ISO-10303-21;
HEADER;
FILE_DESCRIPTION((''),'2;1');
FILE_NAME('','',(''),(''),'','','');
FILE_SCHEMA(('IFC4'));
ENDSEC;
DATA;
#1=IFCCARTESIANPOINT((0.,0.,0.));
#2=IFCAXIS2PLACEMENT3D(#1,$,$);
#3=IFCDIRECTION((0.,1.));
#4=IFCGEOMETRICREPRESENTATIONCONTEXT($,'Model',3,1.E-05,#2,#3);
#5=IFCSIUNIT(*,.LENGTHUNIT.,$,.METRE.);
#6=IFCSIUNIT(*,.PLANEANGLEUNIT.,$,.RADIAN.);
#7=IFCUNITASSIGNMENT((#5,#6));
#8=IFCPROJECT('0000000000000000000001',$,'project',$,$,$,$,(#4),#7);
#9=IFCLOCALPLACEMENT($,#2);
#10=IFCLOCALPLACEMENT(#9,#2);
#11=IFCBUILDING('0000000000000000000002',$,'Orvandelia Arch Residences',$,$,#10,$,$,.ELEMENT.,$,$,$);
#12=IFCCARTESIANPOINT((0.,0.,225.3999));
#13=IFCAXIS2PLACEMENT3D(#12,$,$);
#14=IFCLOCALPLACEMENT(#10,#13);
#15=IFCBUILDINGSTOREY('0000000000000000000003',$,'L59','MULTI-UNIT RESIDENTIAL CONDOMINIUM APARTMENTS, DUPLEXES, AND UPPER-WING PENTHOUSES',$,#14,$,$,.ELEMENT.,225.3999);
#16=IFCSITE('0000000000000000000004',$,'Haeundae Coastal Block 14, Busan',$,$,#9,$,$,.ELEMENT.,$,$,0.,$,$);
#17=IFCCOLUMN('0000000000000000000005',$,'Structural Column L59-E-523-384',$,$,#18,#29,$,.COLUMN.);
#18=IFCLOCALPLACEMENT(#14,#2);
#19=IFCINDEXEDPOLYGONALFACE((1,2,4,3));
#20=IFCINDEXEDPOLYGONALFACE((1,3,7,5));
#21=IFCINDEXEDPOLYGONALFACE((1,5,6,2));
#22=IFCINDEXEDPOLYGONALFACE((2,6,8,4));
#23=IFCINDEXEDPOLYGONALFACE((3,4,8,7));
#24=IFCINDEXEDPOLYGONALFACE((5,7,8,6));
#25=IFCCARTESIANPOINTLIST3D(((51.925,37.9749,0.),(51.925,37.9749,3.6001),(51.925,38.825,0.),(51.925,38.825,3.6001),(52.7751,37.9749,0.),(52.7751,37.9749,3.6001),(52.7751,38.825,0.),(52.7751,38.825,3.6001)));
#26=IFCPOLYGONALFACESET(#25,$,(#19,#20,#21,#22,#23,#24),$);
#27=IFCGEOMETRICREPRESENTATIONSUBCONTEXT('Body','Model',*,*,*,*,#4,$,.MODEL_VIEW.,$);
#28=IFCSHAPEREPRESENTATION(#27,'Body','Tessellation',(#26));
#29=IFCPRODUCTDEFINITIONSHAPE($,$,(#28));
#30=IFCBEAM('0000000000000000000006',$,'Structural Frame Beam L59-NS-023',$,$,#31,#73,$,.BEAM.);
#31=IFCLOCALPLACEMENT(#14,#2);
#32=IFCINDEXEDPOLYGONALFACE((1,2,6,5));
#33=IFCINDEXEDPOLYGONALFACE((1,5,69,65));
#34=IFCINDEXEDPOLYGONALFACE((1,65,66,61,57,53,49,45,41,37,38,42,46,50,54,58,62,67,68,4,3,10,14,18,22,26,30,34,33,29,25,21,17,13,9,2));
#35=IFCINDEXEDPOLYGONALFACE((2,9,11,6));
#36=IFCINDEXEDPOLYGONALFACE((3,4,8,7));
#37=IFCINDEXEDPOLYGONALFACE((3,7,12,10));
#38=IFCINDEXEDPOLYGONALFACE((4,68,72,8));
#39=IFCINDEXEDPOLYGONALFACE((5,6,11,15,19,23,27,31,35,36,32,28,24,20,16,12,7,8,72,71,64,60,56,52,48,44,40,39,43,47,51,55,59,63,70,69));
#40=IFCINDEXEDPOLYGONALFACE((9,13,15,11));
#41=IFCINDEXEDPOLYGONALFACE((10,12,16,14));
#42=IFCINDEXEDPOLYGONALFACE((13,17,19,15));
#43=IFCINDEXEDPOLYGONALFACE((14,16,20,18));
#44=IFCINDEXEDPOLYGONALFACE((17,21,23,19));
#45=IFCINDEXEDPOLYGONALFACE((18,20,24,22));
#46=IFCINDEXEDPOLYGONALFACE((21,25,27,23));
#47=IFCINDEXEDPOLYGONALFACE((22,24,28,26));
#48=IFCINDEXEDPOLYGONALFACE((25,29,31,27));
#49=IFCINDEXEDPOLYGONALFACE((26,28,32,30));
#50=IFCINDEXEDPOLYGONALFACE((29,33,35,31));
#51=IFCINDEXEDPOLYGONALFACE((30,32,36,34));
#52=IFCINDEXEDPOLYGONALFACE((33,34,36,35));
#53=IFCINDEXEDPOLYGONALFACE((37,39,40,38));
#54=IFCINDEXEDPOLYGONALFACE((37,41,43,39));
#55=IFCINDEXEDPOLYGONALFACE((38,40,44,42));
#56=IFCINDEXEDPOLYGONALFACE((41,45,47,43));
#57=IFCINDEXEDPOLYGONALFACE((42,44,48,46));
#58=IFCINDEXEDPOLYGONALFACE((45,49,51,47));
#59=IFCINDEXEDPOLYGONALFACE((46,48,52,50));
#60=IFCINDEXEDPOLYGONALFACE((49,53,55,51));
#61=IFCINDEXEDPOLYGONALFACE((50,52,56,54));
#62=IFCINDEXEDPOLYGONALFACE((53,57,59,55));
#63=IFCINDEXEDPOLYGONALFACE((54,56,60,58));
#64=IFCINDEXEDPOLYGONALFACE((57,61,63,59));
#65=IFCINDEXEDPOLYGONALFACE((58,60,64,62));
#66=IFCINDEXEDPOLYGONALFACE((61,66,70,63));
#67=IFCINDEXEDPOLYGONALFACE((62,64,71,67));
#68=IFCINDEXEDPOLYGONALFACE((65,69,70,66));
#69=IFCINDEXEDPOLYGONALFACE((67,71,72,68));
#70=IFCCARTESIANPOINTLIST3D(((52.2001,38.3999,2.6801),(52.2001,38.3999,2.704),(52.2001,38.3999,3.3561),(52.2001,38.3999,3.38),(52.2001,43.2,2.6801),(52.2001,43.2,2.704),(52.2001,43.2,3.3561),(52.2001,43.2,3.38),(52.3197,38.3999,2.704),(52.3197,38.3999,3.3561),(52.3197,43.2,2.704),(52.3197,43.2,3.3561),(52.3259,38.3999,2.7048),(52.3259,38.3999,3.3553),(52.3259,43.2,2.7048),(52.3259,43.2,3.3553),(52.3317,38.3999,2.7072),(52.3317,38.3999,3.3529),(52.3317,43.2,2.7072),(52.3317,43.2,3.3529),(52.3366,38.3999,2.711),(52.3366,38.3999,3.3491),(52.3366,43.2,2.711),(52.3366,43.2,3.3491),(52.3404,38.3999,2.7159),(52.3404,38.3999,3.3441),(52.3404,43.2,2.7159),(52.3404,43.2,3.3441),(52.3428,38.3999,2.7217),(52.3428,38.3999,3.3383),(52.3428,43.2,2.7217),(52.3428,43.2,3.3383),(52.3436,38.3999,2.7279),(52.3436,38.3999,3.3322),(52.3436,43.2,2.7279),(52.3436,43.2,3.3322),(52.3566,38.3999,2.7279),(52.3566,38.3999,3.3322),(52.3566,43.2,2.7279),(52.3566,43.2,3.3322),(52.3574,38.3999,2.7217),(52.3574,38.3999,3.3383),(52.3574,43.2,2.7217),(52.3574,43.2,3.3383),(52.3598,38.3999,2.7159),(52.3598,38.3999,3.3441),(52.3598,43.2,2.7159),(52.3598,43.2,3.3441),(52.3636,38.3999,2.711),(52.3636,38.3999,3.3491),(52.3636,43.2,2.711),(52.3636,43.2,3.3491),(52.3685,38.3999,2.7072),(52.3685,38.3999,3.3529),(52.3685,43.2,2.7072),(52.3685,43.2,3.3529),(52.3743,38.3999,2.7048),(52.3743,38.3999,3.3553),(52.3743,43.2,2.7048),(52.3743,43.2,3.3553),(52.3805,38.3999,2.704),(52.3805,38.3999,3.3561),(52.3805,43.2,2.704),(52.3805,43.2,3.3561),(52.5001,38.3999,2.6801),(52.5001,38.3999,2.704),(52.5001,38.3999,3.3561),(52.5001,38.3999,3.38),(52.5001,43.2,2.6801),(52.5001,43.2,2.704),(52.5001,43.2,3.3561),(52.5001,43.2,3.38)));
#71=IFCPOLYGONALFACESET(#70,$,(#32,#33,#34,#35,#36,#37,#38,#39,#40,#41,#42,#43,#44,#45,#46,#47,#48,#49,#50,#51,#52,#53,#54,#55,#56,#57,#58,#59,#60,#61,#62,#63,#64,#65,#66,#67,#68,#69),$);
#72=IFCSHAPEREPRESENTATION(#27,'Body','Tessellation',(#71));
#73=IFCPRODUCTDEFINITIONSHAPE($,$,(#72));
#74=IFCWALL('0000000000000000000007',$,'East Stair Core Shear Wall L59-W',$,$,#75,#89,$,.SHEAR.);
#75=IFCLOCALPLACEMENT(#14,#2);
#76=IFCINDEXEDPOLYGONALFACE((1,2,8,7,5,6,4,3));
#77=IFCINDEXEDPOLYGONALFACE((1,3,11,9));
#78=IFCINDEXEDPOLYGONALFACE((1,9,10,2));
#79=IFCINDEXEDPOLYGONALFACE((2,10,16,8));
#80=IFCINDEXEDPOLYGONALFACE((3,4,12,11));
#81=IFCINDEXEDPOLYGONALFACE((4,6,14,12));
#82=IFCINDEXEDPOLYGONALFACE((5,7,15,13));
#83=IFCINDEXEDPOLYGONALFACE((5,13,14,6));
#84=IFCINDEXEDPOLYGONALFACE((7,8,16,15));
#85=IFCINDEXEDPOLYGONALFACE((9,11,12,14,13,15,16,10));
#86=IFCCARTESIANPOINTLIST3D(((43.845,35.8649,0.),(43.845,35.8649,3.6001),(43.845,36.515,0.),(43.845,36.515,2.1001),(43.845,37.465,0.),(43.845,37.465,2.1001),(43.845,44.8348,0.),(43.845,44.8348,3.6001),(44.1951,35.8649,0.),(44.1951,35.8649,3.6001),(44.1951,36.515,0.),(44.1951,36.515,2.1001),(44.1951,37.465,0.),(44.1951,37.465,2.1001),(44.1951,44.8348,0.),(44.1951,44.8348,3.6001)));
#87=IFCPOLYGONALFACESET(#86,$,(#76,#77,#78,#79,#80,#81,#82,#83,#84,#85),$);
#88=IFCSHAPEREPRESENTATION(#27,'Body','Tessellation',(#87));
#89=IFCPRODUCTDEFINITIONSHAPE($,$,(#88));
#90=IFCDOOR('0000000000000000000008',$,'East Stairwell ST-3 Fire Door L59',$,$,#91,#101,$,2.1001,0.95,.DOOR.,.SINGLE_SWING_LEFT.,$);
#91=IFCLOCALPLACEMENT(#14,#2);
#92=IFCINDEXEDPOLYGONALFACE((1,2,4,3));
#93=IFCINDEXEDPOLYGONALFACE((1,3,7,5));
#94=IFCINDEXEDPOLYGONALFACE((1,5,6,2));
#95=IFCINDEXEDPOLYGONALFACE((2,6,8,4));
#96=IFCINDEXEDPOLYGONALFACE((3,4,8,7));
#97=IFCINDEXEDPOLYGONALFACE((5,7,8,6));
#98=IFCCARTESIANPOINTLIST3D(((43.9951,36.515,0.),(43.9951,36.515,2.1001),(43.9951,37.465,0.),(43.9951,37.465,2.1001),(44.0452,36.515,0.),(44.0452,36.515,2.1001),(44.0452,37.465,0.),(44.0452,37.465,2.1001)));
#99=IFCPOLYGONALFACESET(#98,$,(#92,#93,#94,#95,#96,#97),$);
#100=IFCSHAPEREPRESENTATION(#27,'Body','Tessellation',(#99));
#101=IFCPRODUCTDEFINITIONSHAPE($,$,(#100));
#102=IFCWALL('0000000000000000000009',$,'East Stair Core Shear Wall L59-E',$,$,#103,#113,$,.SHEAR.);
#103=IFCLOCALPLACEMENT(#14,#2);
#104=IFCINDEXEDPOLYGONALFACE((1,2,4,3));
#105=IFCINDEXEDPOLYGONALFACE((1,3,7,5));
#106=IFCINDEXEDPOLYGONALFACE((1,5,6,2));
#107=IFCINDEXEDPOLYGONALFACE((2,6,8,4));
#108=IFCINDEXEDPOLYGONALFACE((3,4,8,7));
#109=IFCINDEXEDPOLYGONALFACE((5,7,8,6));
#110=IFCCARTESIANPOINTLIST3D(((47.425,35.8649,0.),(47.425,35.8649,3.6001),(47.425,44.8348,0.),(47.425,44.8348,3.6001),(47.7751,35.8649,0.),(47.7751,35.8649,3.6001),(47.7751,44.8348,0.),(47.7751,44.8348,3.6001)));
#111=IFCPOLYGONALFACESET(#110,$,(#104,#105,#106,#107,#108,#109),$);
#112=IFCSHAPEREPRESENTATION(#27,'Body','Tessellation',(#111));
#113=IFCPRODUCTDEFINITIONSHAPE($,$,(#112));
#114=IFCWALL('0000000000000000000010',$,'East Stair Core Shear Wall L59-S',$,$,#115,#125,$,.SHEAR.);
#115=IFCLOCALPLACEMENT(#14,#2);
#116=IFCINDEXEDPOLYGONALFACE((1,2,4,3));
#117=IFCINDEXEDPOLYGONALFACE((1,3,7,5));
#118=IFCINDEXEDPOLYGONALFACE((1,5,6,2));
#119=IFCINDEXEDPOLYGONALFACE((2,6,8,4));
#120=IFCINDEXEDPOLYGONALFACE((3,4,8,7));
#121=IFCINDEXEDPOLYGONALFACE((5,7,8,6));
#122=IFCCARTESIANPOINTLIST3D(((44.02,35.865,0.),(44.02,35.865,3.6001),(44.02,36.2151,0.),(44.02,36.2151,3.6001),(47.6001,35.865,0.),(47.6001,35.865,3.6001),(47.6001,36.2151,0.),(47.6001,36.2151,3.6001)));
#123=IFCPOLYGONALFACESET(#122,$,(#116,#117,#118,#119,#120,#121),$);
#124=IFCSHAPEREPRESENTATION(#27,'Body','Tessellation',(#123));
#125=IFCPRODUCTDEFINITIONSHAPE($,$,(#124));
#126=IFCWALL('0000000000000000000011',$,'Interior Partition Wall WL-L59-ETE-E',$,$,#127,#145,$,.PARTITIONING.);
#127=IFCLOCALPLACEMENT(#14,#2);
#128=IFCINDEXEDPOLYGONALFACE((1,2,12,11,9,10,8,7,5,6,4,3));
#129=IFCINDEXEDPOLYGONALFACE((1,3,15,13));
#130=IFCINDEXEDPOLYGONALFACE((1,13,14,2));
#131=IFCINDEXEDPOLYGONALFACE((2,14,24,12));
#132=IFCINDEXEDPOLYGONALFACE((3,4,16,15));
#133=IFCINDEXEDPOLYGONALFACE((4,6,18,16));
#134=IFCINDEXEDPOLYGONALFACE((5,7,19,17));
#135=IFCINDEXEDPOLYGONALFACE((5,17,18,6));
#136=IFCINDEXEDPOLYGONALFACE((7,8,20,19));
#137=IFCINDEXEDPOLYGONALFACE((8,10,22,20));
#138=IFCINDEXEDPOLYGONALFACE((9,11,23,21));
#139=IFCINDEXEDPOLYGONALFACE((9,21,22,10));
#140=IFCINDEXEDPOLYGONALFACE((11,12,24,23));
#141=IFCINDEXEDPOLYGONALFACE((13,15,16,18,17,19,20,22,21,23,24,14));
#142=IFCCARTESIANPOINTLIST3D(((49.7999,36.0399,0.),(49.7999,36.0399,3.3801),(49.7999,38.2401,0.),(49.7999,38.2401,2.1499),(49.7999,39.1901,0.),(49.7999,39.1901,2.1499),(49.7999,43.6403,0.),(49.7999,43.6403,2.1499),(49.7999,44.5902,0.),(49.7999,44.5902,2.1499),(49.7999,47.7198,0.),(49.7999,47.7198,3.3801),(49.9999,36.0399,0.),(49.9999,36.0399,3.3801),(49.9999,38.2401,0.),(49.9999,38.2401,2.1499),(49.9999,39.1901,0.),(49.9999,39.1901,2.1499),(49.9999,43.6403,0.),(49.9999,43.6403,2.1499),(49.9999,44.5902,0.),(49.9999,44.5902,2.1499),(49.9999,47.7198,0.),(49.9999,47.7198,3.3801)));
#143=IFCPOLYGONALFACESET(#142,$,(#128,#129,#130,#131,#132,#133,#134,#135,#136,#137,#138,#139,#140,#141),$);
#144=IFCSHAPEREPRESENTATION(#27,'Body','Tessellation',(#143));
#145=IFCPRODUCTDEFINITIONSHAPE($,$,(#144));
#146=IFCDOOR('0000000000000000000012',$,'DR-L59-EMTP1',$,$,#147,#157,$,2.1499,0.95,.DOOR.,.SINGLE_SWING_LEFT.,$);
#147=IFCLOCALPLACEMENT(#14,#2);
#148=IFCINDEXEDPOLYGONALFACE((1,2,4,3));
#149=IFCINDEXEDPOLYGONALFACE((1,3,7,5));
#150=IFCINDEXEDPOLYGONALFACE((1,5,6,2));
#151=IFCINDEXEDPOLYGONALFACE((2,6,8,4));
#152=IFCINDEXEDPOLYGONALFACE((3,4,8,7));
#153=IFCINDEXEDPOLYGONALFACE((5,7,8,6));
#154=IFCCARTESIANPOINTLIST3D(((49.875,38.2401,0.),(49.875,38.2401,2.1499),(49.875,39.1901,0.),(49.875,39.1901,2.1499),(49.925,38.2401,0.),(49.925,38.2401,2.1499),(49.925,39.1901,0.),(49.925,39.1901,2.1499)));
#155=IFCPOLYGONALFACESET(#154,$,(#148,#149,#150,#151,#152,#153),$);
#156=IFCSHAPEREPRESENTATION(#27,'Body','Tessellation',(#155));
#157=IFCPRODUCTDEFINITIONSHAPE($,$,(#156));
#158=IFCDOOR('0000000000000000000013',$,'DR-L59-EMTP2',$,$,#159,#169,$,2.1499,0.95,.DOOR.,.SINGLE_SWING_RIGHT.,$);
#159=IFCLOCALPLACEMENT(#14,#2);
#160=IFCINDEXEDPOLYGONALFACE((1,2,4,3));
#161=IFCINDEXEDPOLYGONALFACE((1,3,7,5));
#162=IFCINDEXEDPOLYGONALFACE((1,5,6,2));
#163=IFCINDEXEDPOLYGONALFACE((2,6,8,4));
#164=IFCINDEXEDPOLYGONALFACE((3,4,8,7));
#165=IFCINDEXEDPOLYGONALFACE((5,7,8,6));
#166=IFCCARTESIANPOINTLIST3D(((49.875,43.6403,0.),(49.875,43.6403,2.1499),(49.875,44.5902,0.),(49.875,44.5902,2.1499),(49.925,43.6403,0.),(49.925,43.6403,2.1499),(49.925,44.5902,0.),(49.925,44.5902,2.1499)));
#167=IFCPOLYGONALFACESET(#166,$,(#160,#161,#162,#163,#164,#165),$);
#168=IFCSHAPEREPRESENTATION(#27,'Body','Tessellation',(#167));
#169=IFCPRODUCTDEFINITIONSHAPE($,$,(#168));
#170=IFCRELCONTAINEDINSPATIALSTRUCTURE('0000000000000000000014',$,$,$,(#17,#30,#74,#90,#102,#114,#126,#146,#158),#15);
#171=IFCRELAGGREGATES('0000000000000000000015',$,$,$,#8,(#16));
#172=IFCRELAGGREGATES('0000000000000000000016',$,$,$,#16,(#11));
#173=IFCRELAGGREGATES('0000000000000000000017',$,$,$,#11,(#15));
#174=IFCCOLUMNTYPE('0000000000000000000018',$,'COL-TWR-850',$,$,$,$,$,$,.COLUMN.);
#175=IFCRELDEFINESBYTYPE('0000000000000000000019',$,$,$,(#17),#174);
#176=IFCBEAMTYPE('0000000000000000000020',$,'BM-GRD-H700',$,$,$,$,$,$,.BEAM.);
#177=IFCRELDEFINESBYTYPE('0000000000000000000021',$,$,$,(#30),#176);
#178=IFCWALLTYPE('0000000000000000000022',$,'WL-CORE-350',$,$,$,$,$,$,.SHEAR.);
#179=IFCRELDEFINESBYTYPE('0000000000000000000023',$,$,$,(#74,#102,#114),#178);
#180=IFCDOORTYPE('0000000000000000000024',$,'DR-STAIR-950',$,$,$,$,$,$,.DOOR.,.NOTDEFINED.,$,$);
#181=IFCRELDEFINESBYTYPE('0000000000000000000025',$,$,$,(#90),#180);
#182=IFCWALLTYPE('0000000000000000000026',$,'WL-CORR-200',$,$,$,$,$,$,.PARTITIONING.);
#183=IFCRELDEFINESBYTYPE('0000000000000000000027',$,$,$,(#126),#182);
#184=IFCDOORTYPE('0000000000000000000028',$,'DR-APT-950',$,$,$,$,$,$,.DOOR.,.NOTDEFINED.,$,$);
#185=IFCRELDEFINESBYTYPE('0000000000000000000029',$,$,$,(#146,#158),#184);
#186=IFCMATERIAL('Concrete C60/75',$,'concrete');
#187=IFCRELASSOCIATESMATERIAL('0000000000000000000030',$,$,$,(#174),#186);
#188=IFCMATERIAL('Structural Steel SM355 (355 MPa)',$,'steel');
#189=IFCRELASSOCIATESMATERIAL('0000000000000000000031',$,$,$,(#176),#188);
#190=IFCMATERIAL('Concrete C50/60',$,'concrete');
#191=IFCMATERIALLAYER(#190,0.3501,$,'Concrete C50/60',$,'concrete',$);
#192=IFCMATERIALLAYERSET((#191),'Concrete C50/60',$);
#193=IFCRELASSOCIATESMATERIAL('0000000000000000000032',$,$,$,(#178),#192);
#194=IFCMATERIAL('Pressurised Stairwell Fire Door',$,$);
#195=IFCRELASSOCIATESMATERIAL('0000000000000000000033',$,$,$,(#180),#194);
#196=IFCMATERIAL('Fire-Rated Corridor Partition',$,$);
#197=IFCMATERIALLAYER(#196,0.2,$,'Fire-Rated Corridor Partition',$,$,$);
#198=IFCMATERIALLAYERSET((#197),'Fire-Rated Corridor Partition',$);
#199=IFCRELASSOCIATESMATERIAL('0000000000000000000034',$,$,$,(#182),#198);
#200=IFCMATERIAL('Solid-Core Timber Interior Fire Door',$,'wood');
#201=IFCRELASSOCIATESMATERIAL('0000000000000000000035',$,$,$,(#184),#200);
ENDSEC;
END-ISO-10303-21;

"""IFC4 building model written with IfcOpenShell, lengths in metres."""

from ifc_helpers import new_model, si_unit, direction, frame, frame_2d, origin, origin_2d, place, context, subcontext, project, spatial, rectangle, i_section, extrude, material, layer, layer_set, material_profile, profile_set, type_object, element, fill, save


model = new_model("IFC4")

# Units and contexts
model_context = context("Model", 3, precision=1e-05, world=origin(), true_north=direction((0.0, 1.0)))
body_context = subcontext(model_context, "Body", "Model", "MODEL_VIEW")
ifc_project = project(units=[si_unit("LENGTHUNIT", "METRE"), si_unit("PLANEANGLEUNIT", "RADIAN")], contexts=[model_context])

# Site, building, storey
site_placement = place(None, origin())
site = spatial("IfcSite", under=ifc_project, at=site_placement, Name="Haeundae Coastal Block 14, Busan", CompositionType="ELEMENT", RefElevation=0.0)
building_placement = place(site_placement, origin())
building = spatial("IfcBuilding", under=site, at=building_placement, Name="Orvandelia Arch Residences", CompositionType="ELEMENT")
storey_placement = place(building_placement, frame((0.0, 0.0, 225.3999)))
storey = spatial("IfcBuildingStorey", under=building, at=storey_placement, Name="L59", Description="MULTI-UNIT RESIDENTIAL CONDOMINIUM APARTMENTS, DUPLEXES, AND UPPER-WING PENTHOUSES", CompositionType="ELEMENT", Elevation=225.3999)

# Column
ifc_material_1 = material(Name="Concrete C60/75", Category="concrete")
ifc_material_profile_1 = material_profile(ifc_material_1, rectangle(XDim=0.8501, YDim=0.8501, at=origin_2d()), Name="Concrete C60/75", Category="concrete")
ifc_profile_set_1 = profile_set([ifc_material_profile_1], Name="Concrete C60/75")
column_type = type_object("IfcColumnType", Name="COL-TWR-850", PredefinedType="COLUMN", material=ifc_profile_set_1)
column_placement = place(storey_placement, frame((52.3501, 38.3999, 0.0), z_axis=(0.0, 0.0, 1.0), x_axis=(1.0, 0.0, 0.0)))
element("IfcColumn", 1, at=column_placement, inside=storey, type_object=column_type, Name="Structural Column L59-E-523-384", PredefinedType="COLUMN", context=body_context, shape_type="SweptSolid", body=[
    extrude(rectangle(XDim=0.8501, YDim=0.8501, at=origin_2d()), origin(), (0.0, 0.0, 1.0), 3.6001),
])

# Beam
ifc_material_2 = material(Name="Structural Steel SM355 (355 MPa)", Category="steel")
ifc_material_profile_2 = material_profile(ifc_material_2, i_section(OverallWidth=0.3, OverallDepth=0.7, WebThickness=0.0129, FlangeThickness=0.0239, FilletRadius=0.0239, at=origin_2d()), Name="Structural Steel SM355 (355 MPa)", Category="steel")
ifc_profile_set_2 = profile_set([ifc_material_profile_2], Name="Structural Steel SM355 (355 MPa)")
beam_type = type_object("IfcBeamType", Name="BM-GRD-H700", PredefinedType="BEAM", material=ifc_profile_set_2)
beam_placement = place(storey_placement, frame((52.3501, 38.3999, 3.03), z_axis=(0.0, 1.0, 0.0), x_axis=(-1.0, 0.0, 0.0)))
element("IfcBeam", 2, at=beam_placement, inside=storey, type_object=beam_type, Name="Structural Frame Beam L59-NS-023", PredefinedType="BEAM", context=body_context, shape_type="SweptSolid", body=[
    extrude(i_section(OverallWidth=0.3, OverallDepth=0.7, WebThickness=0.0129, FlangeThickness=0.0239, FilletRadius=0.0239, at=origin_2d()), origin(), (0.0, 0.0, 1.0), 4.8),
])

# Wall, opening, door
ifc_material_3 = material(Name="Concrete C50/60", Category="concrete")
ifc_layer_1 = layer(ifc_material_3, 0.3501, Name="Concrete C50/60", Category="concrete")
ifc_layer_set_1 = layer_set([ifc_layer_1], Name="Concrete C50/60")
wall_type_1 = type_object("IfcWallType", Name="WL-CORE-350", PredefinedType="SHEAR", material=ifc_layer_set_1)
wall_1_placement = place(storey_placement, frame((44.02, 35.865, 0.0), z_axis=(0.0, 0.0, 1.0), x_axis=(0.0, 1.0, 0.0)))
wall_1 = element("IfcWall", 3, at=wall_1_placement, inside=storey, type_object=wall_type_1, Name="East Stair Core Shear Wall L59-W", PredefinedType="SHEAR", context=body_context, shape_type="SweptSolid", body=[
    extrude(rectangle(XDim=8.97, YDim=0.3501, at=frame_2d((4.4849, 0.0))), origin(), (0.0, 0.0, 1.0), 3.6001),
])
opening_1_placement = place(wall_1_placement, frame((0.6499, 0.0, 0.0)))
opening_1 = element("IfcOpeningElement", 4, at=opening_1_placement, cuts=wall_1, PredefinedType="OPENING", context=body_context, shape_type="SweptSolid", body=[
    extrude(rectangle(XDim=0.95, YDim=2.1001, at=frame_2d((0.4751, 1.05))), frame((0.0, 0.1851, 0.0), z_axis=(0.0, -1.0, 0.0), x_axis=(1.0, 0.0, 0.0)), (0.0, 0.0, 1.0), 0.3701),
])
ifc_material_4 = material(Name="Pressurised Stairwell Fire Door")
door_type_1 = type_object("IfcDoorType", Name="DR-STAIR-950", OperationType="NOTDEFINED", PredefinedType="DOOR", material=ifc_material_4)
door_1_placement = place(opening_1_placement, origin())
door_1 = element("IfcDoor", 5, at=door_1_placement, inside=storey, type_object=door_type_1, Name="East Stairwell ST-3 Fire Door L59", OperationType="SINGLE_SWING_LEFT", OverallHeight=2.1001, OverallWidth=0.95, PredefinedType="DOOR", context=body_context, shape_type="SweptSolid", body=[
    extrude(rectangle(XDim=0.95, YDim=2.1001, at=frame_2d((0.4751, 1.05))), frame((0.0, 0.0249, 0.0), z_axis=(0.0, -1.0, 0.0), x_axis=(1.0, 0.0, 0.0)), (0.0, 0.0, 1.0), 0.05),
])
fill(opening_1, door_1)

# Walls
wall_2_placement = place(storey_placement, frame((47.6001, 35.865, 0.0), z_axis=(0.0, 0.0, 1.0), x_axis=(0.0, 1.0, 0.0)))
element("IfcWall", 6, at=wall_2_placement, inside=storey, type_object=wall_type_1, Name="East Stair Core Shear Wall L59-E", PredefinedType="SHEAR", context=body_context, shape_type="SweptSolid", body=[
    extrude(rectangle(XDim=8.97, YDim=0.3501, at=frame_2d((4.4849, 0.0))), origin(), (0.0, 0.0, 1.0), 3.6001),
])
wall_3_placement = place(storey_placement, frame((44.02, 36.04, 0.0), z_axis=(0.0, 0.0, 1.0), x_axis=(1.0, 0.0, 0.0)))
element("IfcWall", 7, at=wall_3_placement, inside=storey, type_object=wall_type_1, Name="East Stair Core Shear Wall L59-S", PredefinedType="SHEAR", context=body_context, shape_type="SweptSolid", body=[
    extrude(rectangle(XDim=3.5801, YDim=0.3501, at=frame_2d((1.79, 0.0))), origin(), (0.0, 0.0, 1.0), 3.6001),
])

# Wall, openings, doors
ifc_material_5 = material(Name="Fire-Rated Corridor Partition")
ifc_layer_2 = layer(ifc_material_5, 0.2, Name="Fire-Rated Corridor Partition")
ifc_layer_set_2 = layer_set([ifc_layer_2], Name="Fire-Rated Corridor Partition")
wall_type_2 = type_object("IfcWallType", Name="WL-CORR-200", PredefinedType="PARTITIONING", material=ifc_layer_set_2)
wall_4_placement = place(storey_placement, frame((49.8999, 36.04, 0.0), z_axis=(0.0, 0.0, 1.0), x_axis=(0.0, 1.0, 0.0)))
wall_4 = element("IfcWall", 8, at=wall_4_placement, inside=storey, type_object=wall_type_2, Name="Interior Partition Wall WL-L59-ETE-E", PredefinedType="PARTITIONING", context=body_context, shape_type="SweptSolid", body=[
    extrude(rectangle(XDim=11.6799, YDim=0.2, at=frame_2d((5.8398, 0.0))), origin(), (0.0, 0.0, 1.0), 3.3801),
])
opening_2_placement = place(wall_4_placement, frame((2.2, 0.0, 0.0)))
opening_2 = element("IfcOpeningElement", 9, at=opening_2_placement, cuts=wall_4, PredefinedType="OPENING", context=body_context, shape_type="SweptSolid", body=[
    extrude(rectangle(XDim=0.95, YDim=2.1499, at=frame_2d((0.4751, 1.075))), frame((0.0, 0.1099, 0.0), z_axis=(0.0, -1.0, 0.0), x_axis=(1.0, 0.0, 0.0)), (0.0, 0.0, 1.0), 0.22),
])
opening_3_placement = place(wall_4_placement, frame((7.6001, 0.0, 0.0)))
opening_3 = element("IfcOpeningElement", 10, at=opening_3_placement, cuts=wall_4, PredefinedType="OPENING", context=body_context, shape_type="SweptSolid", body=[
    extrude(rectangle(XDim=0.95, YDim=2.1499, at=frame_2d((0.4751, 1.075))), frame((0.0, 0.1099, 0.0), z_axis=(0.0, -1.0, 0.0), x_axis=(1.0, 0.0, 0.0)), (0.0, 0.0, 1.0), 0.22),
])
ifc_material_6 = material(Name="Solid-Core Timber Interior Fire Door", Category="wood")
door_type_2 = type_object("IfcDoorType", Name="DR-APT-950", OperationType="NOTDEFINED", PredefinedType="DOOR", material=ifc_material_6)
door_2_placement = place(opening_2_placement, origin())
door_2 = element("IfcDoor", 11, at=door_2_placement, inside=storey, type_object=door_type_2, Name="DR-L59-EMTP1", OperationType="SINGLE_SWING_LEFT", OverallHeight=2.1499, OverallWidth=0.95, PredefinedType="DOOR", context=body_context, shape_type="SweptSolid", body=[
    extrude(rectangle(XDim=0.95, YDim=2.1499, at=frame_2d((0.4751, 1.075))), frame((0.0, 0.0249, 0.0), z_axis=(0.0, -1.0, 0.0), x_axis=(1.0, 0.0, 0.0)), (0.0, 0.0, 1.0), 0.05),
])
fill(opening_2, door_2)
door_3_placement = place(opening_3_placement, origin())
door_3 = element("IfcDoor", 12, at=door_3_placement, inside=storey, type_object=door_type_2, Name="DR-L59-EMTP2", OperationType="SINGLE_SWING_RIGHT", OverallHeight=2.1499, OverallWidth=0.95, PredefinedType="DOOR", context=body_context, shape_type="SweptSolid", body=[
    extrude(rectangle(XDim=0.95, YDim=2.1499, at=frame_2d((0.4751, 1.075))), frame((0.0, 0.0249, 0.0), z_axis=(0.0, -1.0, 0.0), x_axis=(1.0, 0.0, 0.0)), (0.0, 0.0, 1.0), 0.05),
])
fill(opening_3, door_3)

save(model, "model.ifc")
